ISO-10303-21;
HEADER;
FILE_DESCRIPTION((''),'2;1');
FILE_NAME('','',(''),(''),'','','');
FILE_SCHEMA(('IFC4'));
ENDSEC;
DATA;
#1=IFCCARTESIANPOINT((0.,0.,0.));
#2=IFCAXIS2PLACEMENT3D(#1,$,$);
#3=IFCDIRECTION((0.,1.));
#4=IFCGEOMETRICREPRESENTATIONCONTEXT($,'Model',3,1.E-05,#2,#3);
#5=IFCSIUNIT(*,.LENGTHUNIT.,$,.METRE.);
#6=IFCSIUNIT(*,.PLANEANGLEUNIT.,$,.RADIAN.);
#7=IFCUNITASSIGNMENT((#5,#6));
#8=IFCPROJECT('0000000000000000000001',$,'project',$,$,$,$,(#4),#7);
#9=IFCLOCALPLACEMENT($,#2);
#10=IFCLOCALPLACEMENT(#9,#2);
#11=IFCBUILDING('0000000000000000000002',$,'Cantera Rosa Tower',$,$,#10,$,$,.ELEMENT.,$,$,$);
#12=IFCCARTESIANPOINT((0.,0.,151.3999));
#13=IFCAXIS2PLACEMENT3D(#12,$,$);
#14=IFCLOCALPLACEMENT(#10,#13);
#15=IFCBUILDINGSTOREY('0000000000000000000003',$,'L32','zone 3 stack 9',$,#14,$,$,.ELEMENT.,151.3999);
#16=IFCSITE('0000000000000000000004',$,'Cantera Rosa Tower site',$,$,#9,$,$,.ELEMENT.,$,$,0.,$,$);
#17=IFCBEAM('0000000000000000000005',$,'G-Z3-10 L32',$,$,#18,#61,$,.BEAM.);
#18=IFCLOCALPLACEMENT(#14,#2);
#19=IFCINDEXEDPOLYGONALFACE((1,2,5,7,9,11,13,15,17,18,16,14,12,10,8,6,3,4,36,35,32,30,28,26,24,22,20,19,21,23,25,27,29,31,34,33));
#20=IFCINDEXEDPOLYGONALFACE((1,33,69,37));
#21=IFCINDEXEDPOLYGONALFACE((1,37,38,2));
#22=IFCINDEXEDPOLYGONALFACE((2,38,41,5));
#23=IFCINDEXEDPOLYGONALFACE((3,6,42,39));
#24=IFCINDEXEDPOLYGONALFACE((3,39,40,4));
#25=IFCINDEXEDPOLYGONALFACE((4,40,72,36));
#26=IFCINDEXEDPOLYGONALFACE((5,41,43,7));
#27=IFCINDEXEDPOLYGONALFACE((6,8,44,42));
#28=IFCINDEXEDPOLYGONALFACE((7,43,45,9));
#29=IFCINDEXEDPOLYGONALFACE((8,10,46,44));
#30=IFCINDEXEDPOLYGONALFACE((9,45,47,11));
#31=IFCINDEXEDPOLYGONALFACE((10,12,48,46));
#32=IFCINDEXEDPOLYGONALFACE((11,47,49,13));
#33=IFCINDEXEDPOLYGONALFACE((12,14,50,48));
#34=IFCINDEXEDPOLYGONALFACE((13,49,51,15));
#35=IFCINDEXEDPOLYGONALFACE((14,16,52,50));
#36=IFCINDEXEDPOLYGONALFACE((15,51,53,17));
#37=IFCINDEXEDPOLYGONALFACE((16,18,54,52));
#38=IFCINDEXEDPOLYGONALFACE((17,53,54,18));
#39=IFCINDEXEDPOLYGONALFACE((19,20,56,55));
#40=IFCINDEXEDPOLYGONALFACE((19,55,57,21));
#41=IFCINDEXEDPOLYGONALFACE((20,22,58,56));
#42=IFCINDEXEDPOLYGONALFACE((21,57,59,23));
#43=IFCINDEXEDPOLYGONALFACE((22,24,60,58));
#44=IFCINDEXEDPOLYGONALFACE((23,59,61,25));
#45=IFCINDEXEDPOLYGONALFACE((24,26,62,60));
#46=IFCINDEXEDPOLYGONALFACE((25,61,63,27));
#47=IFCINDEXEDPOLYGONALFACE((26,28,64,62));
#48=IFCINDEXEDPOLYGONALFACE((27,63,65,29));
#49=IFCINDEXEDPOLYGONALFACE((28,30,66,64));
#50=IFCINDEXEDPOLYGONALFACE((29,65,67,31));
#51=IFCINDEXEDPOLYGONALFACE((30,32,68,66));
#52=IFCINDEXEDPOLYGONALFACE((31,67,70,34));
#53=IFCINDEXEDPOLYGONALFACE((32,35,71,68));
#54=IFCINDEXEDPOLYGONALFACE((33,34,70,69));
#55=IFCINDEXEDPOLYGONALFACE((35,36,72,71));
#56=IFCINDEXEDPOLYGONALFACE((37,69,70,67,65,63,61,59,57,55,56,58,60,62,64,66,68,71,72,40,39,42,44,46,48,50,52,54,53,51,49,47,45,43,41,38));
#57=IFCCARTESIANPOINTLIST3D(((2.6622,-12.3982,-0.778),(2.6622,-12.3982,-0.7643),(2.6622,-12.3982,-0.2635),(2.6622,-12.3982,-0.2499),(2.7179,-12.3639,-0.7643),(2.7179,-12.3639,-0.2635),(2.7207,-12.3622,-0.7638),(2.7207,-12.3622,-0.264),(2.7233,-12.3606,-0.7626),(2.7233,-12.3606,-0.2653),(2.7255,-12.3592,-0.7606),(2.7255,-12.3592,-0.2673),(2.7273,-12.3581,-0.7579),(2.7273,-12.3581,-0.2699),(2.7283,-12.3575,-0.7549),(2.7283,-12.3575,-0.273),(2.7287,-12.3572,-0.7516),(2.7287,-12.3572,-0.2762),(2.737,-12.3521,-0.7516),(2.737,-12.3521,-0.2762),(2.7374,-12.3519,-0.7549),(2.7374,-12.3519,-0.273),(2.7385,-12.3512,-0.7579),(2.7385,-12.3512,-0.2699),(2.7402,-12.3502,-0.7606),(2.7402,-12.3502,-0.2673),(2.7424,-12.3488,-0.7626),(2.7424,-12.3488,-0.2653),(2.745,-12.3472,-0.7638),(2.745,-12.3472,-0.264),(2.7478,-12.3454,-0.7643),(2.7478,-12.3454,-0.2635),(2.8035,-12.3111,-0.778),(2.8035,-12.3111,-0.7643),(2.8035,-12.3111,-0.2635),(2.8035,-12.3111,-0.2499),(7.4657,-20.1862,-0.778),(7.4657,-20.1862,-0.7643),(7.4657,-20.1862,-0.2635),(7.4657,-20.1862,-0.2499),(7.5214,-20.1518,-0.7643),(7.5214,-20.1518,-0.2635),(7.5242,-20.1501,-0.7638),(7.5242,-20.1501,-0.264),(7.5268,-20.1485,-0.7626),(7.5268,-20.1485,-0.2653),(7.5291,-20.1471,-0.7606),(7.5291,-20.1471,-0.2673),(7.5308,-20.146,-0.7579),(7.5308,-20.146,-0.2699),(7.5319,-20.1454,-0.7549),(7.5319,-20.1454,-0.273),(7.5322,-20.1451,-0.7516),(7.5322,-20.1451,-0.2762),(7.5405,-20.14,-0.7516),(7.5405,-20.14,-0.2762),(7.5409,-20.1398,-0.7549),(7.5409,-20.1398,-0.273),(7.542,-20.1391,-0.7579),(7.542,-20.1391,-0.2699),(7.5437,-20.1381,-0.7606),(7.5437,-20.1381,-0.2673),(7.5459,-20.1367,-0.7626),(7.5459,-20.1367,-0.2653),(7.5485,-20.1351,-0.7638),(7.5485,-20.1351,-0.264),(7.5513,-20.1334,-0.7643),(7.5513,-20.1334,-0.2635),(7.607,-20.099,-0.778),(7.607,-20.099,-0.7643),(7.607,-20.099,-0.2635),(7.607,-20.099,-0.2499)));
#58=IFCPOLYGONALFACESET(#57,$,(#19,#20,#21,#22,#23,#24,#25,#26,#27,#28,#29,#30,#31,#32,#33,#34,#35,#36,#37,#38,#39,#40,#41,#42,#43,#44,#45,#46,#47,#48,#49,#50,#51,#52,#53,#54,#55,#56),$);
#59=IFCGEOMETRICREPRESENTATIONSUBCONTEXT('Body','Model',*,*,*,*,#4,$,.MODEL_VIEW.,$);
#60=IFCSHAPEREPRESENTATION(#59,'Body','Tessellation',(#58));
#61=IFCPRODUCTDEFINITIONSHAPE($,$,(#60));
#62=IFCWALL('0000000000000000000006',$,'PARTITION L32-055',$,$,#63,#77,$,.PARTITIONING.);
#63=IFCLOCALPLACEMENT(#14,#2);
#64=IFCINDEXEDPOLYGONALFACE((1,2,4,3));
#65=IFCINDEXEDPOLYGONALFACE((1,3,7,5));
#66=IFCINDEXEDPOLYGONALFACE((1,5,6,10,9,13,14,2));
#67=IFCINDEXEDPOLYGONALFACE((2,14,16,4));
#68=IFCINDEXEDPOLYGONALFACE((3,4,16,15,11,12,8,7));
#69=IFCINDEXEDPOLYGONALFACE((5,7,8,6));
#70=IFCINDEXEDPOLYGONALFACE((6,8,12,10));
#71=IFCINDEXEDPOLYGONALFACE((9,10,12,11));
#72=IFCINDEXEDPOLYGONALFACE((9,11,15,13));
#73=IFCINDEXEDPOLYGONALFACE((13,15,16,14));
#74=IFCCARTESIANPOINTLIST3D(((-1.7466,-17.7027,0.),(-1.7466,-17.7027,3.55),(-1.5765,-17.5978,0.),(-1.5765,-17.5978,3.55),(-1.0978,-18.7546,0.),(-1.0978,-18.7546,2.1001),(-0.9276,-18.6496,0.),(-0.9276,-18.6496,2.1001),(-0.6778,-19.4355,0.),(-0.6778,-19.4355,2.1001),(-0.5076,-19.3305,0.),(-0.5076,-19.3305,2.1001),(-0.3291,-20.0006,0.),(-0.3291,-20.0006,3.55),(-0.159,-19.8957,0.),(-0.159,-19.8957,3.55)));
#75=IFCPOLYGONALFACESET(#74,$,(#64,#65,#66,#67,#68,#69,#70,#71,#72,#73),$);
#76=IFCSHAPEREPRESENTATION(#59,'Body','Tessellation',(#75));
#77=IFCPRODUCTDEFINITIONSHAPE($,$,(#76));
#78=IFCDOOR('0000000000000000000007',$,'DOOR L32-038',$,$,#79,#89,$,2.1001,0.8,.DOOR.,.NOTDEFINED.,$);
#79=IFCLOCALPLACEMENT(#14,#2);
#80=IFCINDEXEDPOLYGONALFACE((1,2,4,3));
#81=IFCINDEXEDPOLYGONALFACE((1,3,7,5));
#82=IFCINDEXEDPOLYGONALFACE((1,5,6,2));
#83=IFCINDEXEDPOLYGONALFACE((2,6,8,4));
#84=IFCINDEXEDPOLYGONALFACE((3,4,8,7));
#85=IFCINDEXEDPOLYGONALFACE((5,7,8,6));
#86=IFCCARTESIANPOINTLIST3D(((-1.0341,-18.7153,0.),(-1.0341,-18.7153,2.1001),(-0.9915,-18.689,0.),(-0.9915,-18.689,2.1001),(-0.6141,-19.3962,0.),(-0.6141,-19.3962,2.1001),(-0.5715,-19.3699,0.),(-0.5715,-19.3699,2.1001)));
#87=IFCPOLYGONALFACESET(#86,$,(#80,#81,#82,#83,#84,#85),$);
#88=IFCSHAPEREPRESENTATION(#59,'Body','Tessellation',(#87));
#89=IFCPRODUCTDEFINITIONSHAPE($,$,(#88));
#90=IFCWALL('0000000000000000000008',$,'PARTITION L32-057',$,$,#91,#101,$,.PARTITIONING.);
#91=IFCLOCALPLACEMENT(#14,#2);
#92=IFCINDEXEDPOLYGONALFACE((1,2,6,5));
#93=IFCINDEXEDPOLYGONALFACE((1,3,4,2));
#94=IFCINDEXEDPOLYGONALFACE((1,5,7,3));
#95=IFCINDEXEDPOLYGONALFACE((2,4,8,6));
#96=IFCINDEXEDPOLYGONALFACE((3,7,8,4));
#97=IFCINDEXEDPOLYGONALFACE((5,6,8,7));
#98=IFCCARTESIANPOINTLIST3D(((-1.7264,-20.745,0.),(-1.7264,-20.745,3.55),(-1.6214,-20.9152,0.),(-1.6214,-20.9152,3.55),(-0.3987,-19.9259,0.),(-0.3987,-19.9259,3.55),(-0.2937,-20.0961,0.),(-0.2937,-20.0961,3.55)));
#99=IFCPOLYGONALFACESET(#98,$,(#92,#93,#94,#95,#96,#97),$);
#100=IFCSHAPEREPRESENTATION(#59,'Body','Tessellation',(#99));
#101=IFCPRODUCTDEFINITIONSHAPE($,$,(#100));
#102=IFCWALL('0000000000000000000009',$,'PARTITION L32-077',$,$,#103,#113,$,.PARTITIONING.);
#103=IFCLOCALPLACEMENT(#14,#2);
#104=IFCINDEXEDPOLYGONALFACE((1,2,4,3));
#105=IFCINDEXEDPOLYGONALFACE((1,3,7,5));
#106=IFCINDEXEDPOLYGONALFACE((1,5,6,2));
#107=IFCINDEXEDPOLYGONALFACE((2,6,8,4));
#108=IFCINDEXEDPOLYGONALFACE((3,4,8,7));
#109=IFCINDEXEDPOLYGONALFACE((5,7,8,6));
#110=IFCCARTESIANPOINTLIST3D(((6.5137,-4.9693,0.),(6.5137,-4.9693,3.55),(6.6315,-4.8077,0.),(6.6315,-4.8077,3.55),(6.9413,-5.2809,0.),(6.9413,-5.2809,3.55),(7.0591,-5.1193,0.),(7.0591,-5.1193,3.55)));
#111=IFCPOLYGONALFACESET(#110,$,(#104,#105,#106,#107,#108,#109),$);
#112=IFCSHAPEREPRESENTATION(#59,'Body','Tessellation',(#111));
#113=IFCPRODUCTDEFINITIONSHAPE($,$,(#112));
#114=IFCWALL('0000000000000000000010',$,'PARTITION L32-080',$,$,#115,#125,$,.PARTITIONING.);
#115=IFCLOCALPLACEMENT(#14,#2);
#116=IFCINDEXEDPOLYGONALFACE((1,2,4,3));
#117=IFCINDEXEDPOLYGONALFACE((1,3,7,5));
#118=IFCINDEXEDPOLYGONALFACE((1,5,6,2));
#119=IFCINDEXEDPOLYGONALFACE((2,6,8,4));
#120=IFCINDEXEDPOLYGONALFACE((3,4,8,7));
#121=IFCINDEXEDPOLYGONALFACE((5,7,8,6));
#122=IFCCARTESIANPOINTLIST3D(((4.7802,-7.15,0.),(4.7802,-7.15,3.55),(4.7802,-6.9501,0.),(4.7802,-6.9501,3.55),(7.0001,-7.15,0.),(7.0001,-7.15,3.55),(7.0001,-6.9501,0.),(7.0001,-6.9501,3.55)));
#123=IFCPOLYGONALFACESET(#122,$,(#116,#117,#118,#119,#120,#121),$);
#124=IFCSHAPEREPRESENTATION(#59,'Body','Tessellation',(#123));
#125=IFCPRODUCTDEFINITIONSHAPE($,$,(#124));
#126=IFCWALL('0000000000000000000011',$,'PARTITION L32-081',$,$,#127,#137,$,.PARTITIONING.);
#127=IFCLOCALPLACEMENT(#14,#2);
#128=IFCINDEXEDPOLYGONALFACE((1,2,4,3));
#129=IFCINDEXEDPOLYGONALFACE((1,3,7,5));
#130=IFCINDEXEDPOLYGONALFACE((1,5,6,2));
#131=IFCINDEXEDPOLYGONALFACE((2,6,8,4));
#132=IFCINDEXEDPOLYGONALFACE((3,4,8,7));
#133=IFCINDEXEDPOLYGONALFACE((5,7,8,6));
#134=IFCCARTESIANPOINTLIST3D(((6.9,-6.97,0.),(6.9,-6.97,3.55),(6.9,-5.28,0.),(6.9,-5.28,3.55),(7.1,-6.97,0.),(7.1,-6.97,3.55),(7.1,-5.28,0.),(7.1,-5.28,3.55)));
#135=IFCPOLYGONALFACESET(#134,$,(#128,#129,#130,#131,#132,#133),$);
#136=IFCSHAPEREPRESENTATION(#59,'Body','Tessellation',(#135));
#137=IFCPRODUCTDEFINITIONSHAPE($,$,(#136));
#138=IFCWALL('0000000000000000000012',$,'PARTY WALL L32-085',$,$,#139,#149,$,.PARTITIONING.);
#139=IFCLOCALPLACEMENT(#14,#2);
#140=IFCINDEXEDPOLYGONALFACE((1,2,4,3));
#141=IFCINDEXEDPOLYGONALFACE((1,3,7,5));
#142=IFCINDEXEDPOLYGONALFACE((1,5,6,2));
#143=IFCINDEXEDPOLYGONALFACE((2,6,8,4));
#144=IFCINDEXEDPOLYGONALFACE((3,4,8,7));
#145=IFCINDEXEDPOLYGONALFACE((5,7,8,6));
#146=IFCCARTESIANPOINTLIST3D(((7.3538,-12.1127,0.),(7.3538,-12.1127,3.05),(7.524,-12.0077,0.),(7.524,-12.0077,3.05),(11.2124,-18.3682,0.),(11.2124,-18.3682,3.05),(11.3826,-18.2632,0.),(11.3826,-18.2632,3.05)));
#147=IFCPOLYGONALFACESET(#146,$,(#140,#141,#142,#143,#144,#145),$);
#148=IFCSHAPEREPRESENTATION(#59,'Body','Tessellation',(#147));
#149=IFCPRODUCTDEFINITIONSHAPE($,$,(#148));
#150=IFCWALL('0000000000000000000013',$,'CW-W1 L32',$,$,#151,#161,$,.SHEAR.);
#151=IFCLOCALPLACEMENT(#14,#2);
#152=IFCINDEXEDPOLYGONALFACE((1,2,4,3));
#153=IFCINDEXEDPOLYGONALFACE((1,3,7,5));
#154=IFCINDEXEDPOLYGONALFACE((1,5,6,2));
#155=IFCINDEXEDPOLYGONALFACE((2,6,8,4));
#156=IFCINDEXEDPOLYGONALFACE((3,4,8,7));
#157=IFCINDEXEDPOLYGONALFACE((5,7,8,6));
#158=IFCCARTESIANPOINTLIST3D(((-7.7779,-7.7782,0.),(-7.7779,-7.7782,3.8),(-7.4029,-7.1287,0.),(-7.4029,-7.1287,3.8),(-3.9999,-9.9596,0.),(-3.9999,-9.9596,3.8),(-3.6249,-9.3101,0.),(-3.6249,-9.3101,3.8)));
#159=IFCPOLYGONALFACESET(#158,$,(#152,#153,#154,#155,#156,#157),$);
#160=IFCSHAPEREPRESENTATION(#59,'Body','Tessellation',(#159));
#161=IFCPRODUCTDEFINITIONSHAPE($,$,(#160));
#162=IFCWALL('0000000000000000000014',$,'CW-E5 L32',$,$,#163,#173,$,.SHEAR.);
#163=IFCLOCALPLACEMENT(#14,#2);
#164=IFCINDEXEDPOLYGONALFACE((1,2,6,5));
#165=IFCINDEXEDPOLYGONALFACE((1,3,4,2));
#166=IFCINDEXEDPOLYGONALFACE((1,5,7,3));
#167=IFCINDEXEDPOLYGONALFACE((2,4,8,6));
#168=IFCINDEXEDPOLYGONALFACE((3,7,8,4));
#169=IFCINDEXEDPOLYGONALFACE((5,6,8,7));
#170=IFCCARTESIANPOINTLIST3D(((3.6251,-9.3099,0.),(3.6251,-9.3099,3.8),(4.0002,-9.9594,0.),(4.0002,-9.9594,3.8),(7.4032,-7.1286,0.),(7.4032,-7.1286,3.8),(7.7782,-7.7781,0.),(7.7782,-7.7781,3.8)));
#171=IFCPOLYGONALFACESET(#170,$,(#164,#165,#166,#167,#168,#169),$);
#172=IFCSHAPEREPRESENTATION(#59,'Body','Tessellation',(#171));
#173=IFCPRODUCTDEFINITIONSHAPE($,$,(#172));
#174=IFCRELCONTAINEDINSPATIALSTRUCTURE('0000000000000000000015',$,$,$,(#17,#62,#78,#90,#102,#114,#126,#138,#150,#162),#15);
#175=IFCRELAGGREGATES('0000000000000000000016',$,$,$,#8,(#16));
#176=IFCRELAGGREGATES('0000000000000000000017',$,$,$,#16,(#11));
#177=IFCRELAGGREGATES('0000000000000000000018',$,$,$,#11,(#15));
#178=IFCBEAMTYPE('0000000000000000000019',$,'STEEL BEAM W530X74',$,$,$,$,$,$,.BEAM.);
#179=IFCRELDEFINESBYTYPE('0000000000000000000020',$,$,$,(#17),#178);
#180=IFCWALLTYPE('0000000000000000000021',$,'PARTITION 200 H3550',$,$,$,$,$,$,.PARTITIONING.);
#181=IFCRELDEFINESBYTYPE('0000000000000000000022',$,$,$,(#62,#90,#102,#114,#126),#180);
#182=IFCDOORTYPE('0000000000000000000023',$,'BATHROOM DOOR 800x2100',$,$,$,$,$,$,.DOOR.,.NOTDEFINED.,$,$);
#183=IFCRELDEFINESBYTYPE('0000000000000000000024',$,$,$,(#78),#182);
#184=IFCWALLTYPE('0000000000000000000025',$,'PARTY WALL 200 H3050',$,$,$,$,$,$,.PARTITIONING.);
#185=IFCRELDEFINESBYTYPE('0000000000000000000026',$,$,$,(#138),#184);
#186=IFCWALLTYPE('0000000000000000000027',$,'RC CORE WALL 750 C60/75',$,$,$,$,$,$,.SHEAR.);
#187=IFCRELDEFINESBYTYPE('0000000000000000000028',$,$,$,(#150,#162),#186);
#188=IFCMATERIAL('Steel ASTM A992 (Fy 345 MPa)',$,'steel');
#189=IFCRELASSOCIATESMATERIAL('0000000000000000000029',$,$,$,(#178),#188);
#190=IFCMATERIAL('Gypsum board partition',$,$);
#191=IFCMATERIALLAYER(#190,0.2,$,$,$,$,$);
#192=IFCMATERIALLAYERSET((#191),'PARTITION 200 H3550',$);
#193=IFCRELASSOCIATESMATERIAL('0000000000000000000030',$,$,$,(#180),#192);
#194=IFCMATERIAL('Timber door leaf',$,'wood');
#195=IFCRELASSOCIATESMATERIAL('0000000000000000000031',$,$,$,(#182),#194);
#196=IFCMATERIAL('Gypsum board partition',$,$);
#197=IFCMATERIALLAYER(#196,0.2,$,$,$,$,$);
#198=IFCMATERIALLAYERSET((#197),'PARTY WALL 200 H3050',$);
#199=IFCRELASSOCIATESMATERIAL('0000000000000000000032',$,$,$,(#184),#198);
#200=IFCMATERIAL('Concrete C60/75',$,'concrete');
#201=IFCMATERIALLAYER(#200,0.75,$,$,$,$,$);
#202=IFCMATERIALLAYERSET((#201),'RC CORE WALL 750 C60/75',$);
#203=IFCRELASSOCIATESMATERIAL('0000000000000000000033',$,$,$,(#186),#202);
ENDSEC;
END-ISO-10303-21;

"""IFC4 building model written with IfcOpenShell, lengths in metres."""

from ifc_helpers import new_model, si_unit, direction, frame, frame_2d, origin, origin_2d, place, context, subcontext, project, spatial, rectangle, i_section, extrude, material, layer, layer_set, material_profile, profile_set, type_object, element, fill, save


model = new_model("IFC4")

# Units and contexts
model_context = context("Model", 3, precision=1e-05, world=origin(), true_north=direction((0.0, 1.0)))
body_context = subcontext(model_context, "Body", "Model", "MODEL_VIEW")
ifc_project = project(units=[si_unit("LENGTHUNIT", "METRE"), si_unit("PLANEANGLEUNIT", "RADIAN")], contexts=[model_context])

# Site, building, storey
site_placement = place(None, origin())
site = spatial("IfcSite", under=ifc_project, at=site_placement, Name="Cantera Rosa Tower site", CompositionType="ELEMENT", RefElevation=0.0)
building_placement = place(site_placement, origin())
building = spatial("IfcBuilding", under=site, at=building_placement, Name="Cantera Rosa Tower", CompositionType="ELEMENT")
storey_placement = place(building_placement, frame((0.0, 0.0, 151.3999)))
storey = spatial("IfcBuildingStorey", under=building, at=storey_placement, Name="L32", Description="zone 3 stack 9", CompositionType="ELEMENT", Elevation=151.3999)

# Beam
ifc_material_1 = material(Name="Steel ASTM A992 (Fy 345 MPa)", Category="steel")
ifc_material_profile = material_profile(ifc_material_1, i_section(OverallWidth=0.166, OverallDepth=0.5281, WebThickness=0.0098, FlangeThickness=0.0137, FilletRadius=0.0127, at=origin_2d()), Name="W530X74")
ifc_profile_set = profile_set([ifc_material_profile], Name="Steel ASTM A992 (Fy 345 MPa)")
beam_type = type_object("IfcBeamType", Name="STEEL BEAM W530X74", PredefinedType="BEAM", material=ifc_profile_set)
beam_placement = place(storey_placement, frame((7.5364, -20.1426, -0.5139), z_axis=(-0.524965, 0.851124, 0.0), x_axis=(-0.851124, -0.524965, 0.0)))
element("IfcBeam", 1, at=beam_placement, inside=storey, type_object=beam_type, Name="G-Z3-10 L32", PredefinedType="BEAM", context=body_context, shape_type="SweptSolid", body=[
    extrude(i_section(OverallWidth=0.166, OverallDepth=0.5281, WebThickness=0.0098, FlangeThickness=0.0137, FilletRadius=0.0127, at=origin_2d()), origin(), (0.0, 0.0, 1.0), 9.1501),
])

# Wall, opening, door
ifc_material_2 = material(Name="Gypsum board partition")
ifc_layer_1 = layer(ifc_material_2, 0.2)
ifc_layer_set_1 = layer_set([ifc_layer_1], Name="PARTITION 200 H3550")
wall_type_1 = type_object("IfcWallType", Name="PARTITION 200 H3550", PredefinedType="PARTITIONING", material=ifc_layer_set_1)
wall_1_placement = place(storey_placement, frame((-1.6616, -17.6501, 0.0), z_axis=(0.0, 0.0, 1.0), x_axis=(0.525015, -0.851093, 0.0)))
wall_1 = element("IfcWall", 2, at=wall_1_placement, inside=storey, type_object=wall_type_1, Name="PARTITION L32-055", PredefinedType="PARTITIONING", context=body_context, shape_type="SweptSolid", body=[
    extrude(rectangle(XDim=2.7, YDim=0.2, at=frame_2d((1.3501, 0.0))), origin(), (0.0, 0.0, 1.0), 3.55),
])
opening_1_placement = place(wall_1_placement, frame((1.2361, 0.0, 0.0)))
opening_1 = element("IfcOpeningElement", 3, at=opening_1_placement, cuts=wall_1, PredefinedType="OPENING", context=body_context, shape_type="SweptSolid", body=[
    extrude(rectangle(XDim=0.8, YDim=2.1001, at=frame_2d((0.3999, 1.05))), frame((0.0, 0.1099, 0.0), z_axis=(0.0, -1.0, 0.0), x_axis=(1.0, 0.0, 0.0)), (0.0, 0.0, 1.0), 0.22),
])
ifc_material_3 = material(Name="Timber door leaf", Category="wood")
door_type_1 = type_object("IfcDoorType", Name="BATHROOM DOOR 800x2100", OperationType="NOTDEFINED", PredefinedType="DOOR", material=ifc_material_3)
door_1_placement = place(opening_1_placement, origin())
door_1 = element("IfcDoor", 4, at=door_1_placement, inside=storey, type_object=door_type_1, Name="DOOR L32-038", OperationType="NOTDEFINED", OverallHeight=2.1001, OverallWidth=0.8, PredefinedType="DOOR", context=body_context, shape_type="SweptSolid", body=[
    extrude(rectangle(XDim=0.8, YDim=2.1001, at=frame_2d((0.3999, 1.05))), frame((0.0, 0.0249, 0.0), z_axis=(0.0, -1.0, 0.0), x_axis=(1.0, 0.0, 0.0)), (0.0, 0.0, 1.0), 0.05),
])
fill(opening_1, door_1)

# Walls
wall_2_placement = place(storey_placement, frame((-0.3462, -20.011, 0.0), z_axis=(0.0, 0.0, 1.0), x_axis=(-0.851061, -0.525066, 0.0)))
element("IfcWall", 5, at=wall_2_placement, inside=storey, type_object=wall_type_1, Name="PARTITION L32-057", PredefinedType="PARTITIONING", context=body_context, shape_type="SweptSolid", body=[
    extrude(rectangle(XDim=1.5601, YDim=0.2, at=frame_2d((0.78, 0.0))), origin(), (0.0, 0.0, 1.0), 3.55),
])
wall_3_placement = place(storey_placement, frame((6.5725, -4.8884, 0.0), z_axis=(0.0, 0.0, 1.0), x_axis=(0.808177, -0.58894, 0.0)))
element("IfcWall", 6, at=wall_3_placement, inside=storey, type_object=wall_type_1, Name="PARTITION L32-077", PredefinedType="PARTITIONING", context=body_context, shape_type="SweptSolid", body=[
    extrude(rectangle(XDim=0.5291, YDim=0.2, at=frame_2d((0.2646, 0.0))), origin(), (0.0, 0.0, 1.0), 3.55),
])
wall_4_placement = place(storey_placement, frame((7.0, -7.05, 0.0), z_axis=(0.0, 0.0, 1.0), x_axis=(-1.0, 0.0, 0.0)))
element("IfcWall", 7, at=wall_4_placement, inside=storey, type_object=wall_type_1, Name="PARTITION L32-080", PredefinedType="PARTITIONING", context=body_context, shape_type="SweptSolid", body=[
    extrude(rectangle(XDim=2.22, YDim=0.2, at=frame_2d((1.1099, 0.0))), origin(), (0.0, 0.0, 1.0), 3.55),
])
wall_5_placement = place(storey_placement, frame((7.0, -5.28, 0.0), z_axis=(0.0, 0.0, 1.0), x_axis=(0.0, -1.0, 0.0)))
element("IfcWall", 8, at=wall_5_placement, inside=storey, type_object=wall_type_1, Name="PARTITION L32-081", PredefinedType="PARTITIONING", context=body_context, shape_type="SweptSolid", body=[
    extrude(rectangle(XDim=1.6899, YDim=0.2, at=frame_2d((0.845, 0.0))), origin(), (0.0, 0.0, 1.0), 3.55),
])
ifc_material_4 = material(Name="Gypsum board partition")
ifc_layer_2 = layer(ifc_material_4, 0.2)
ifc_layer_set_2 = layer_set([ifc_layer_2], Name="PARTY WALL 200 H3050")
wall_type_2 = type_object("IfcWallType", Name="PARTY WALL 200 H3050", PredefinedType="PARTITIONING", material=ifc_layer_set_2)
wall_6_placement = place(storey_placement, frame((7.439, -12.0603, 0.0), z_axis=(0.0, 0.0, 1.0), x_axis=(0.524989, -0.851109, 0.0)))
element("IfcWall", 9, at=wall_6_placement, inside=storey, type_object=wall_type_2, Name="PARTY WALL L32-085", PredefinedType="PARTITIONING", context=body_context, shape_type="SweptSolid", body=[
    extrude(rectangle(XDim=7.3499, YDim=0.2, at=frame_2d((3.6748, 0.0))), origin(), (0.0, 0.0, 1.0), 3.05),
])
ifc_material_5 = material(Name="Concrete C60/75", Category="concrete")
ifc_layer_3 = layer(ifc_material_5, 0.75)
ifc_layer_set_3 = layer_set([ifc_layer_3], Name="RC CORE WALL 750 C60/75")
wall_type_3 = type_object("IfcWallType", Name="RC CORE WALL 750 C60/75", PredefinedType="SHEAR", material=ifc_layer_set_3)
for number, where, z_axis, x_axis, name in (
    (10, (-3.8125, -9.6348, 0.0), (0.0, 0.0, 1.0), (-0.866013, 0.500021, 0.0), "CW-W1 L32"),
    (11, (7.5906, -7.4534, 0.0), (0.0, 0.0, 1.0), (-0.866013, -0.500021, 0.0), "CW-E5 L32"),
):
    element("IfcWall", number, at=place(storey_placement, frame(where, z_axis=z_axis, x_axis=x_axis)), inside=storey, type_object=wall_type_3, Name=name, PredefinedType="SHEAR", context=body_context, shape_type="SweptSolid", body=[
        extrude(rectangle(XDim=4.3625, YDim=0.75, at=frame_2d((2.1812, 0.0))), origin(), (0.0, 0.0, 1.0), 3.8),
    ])

save(model, "model.ifc")
